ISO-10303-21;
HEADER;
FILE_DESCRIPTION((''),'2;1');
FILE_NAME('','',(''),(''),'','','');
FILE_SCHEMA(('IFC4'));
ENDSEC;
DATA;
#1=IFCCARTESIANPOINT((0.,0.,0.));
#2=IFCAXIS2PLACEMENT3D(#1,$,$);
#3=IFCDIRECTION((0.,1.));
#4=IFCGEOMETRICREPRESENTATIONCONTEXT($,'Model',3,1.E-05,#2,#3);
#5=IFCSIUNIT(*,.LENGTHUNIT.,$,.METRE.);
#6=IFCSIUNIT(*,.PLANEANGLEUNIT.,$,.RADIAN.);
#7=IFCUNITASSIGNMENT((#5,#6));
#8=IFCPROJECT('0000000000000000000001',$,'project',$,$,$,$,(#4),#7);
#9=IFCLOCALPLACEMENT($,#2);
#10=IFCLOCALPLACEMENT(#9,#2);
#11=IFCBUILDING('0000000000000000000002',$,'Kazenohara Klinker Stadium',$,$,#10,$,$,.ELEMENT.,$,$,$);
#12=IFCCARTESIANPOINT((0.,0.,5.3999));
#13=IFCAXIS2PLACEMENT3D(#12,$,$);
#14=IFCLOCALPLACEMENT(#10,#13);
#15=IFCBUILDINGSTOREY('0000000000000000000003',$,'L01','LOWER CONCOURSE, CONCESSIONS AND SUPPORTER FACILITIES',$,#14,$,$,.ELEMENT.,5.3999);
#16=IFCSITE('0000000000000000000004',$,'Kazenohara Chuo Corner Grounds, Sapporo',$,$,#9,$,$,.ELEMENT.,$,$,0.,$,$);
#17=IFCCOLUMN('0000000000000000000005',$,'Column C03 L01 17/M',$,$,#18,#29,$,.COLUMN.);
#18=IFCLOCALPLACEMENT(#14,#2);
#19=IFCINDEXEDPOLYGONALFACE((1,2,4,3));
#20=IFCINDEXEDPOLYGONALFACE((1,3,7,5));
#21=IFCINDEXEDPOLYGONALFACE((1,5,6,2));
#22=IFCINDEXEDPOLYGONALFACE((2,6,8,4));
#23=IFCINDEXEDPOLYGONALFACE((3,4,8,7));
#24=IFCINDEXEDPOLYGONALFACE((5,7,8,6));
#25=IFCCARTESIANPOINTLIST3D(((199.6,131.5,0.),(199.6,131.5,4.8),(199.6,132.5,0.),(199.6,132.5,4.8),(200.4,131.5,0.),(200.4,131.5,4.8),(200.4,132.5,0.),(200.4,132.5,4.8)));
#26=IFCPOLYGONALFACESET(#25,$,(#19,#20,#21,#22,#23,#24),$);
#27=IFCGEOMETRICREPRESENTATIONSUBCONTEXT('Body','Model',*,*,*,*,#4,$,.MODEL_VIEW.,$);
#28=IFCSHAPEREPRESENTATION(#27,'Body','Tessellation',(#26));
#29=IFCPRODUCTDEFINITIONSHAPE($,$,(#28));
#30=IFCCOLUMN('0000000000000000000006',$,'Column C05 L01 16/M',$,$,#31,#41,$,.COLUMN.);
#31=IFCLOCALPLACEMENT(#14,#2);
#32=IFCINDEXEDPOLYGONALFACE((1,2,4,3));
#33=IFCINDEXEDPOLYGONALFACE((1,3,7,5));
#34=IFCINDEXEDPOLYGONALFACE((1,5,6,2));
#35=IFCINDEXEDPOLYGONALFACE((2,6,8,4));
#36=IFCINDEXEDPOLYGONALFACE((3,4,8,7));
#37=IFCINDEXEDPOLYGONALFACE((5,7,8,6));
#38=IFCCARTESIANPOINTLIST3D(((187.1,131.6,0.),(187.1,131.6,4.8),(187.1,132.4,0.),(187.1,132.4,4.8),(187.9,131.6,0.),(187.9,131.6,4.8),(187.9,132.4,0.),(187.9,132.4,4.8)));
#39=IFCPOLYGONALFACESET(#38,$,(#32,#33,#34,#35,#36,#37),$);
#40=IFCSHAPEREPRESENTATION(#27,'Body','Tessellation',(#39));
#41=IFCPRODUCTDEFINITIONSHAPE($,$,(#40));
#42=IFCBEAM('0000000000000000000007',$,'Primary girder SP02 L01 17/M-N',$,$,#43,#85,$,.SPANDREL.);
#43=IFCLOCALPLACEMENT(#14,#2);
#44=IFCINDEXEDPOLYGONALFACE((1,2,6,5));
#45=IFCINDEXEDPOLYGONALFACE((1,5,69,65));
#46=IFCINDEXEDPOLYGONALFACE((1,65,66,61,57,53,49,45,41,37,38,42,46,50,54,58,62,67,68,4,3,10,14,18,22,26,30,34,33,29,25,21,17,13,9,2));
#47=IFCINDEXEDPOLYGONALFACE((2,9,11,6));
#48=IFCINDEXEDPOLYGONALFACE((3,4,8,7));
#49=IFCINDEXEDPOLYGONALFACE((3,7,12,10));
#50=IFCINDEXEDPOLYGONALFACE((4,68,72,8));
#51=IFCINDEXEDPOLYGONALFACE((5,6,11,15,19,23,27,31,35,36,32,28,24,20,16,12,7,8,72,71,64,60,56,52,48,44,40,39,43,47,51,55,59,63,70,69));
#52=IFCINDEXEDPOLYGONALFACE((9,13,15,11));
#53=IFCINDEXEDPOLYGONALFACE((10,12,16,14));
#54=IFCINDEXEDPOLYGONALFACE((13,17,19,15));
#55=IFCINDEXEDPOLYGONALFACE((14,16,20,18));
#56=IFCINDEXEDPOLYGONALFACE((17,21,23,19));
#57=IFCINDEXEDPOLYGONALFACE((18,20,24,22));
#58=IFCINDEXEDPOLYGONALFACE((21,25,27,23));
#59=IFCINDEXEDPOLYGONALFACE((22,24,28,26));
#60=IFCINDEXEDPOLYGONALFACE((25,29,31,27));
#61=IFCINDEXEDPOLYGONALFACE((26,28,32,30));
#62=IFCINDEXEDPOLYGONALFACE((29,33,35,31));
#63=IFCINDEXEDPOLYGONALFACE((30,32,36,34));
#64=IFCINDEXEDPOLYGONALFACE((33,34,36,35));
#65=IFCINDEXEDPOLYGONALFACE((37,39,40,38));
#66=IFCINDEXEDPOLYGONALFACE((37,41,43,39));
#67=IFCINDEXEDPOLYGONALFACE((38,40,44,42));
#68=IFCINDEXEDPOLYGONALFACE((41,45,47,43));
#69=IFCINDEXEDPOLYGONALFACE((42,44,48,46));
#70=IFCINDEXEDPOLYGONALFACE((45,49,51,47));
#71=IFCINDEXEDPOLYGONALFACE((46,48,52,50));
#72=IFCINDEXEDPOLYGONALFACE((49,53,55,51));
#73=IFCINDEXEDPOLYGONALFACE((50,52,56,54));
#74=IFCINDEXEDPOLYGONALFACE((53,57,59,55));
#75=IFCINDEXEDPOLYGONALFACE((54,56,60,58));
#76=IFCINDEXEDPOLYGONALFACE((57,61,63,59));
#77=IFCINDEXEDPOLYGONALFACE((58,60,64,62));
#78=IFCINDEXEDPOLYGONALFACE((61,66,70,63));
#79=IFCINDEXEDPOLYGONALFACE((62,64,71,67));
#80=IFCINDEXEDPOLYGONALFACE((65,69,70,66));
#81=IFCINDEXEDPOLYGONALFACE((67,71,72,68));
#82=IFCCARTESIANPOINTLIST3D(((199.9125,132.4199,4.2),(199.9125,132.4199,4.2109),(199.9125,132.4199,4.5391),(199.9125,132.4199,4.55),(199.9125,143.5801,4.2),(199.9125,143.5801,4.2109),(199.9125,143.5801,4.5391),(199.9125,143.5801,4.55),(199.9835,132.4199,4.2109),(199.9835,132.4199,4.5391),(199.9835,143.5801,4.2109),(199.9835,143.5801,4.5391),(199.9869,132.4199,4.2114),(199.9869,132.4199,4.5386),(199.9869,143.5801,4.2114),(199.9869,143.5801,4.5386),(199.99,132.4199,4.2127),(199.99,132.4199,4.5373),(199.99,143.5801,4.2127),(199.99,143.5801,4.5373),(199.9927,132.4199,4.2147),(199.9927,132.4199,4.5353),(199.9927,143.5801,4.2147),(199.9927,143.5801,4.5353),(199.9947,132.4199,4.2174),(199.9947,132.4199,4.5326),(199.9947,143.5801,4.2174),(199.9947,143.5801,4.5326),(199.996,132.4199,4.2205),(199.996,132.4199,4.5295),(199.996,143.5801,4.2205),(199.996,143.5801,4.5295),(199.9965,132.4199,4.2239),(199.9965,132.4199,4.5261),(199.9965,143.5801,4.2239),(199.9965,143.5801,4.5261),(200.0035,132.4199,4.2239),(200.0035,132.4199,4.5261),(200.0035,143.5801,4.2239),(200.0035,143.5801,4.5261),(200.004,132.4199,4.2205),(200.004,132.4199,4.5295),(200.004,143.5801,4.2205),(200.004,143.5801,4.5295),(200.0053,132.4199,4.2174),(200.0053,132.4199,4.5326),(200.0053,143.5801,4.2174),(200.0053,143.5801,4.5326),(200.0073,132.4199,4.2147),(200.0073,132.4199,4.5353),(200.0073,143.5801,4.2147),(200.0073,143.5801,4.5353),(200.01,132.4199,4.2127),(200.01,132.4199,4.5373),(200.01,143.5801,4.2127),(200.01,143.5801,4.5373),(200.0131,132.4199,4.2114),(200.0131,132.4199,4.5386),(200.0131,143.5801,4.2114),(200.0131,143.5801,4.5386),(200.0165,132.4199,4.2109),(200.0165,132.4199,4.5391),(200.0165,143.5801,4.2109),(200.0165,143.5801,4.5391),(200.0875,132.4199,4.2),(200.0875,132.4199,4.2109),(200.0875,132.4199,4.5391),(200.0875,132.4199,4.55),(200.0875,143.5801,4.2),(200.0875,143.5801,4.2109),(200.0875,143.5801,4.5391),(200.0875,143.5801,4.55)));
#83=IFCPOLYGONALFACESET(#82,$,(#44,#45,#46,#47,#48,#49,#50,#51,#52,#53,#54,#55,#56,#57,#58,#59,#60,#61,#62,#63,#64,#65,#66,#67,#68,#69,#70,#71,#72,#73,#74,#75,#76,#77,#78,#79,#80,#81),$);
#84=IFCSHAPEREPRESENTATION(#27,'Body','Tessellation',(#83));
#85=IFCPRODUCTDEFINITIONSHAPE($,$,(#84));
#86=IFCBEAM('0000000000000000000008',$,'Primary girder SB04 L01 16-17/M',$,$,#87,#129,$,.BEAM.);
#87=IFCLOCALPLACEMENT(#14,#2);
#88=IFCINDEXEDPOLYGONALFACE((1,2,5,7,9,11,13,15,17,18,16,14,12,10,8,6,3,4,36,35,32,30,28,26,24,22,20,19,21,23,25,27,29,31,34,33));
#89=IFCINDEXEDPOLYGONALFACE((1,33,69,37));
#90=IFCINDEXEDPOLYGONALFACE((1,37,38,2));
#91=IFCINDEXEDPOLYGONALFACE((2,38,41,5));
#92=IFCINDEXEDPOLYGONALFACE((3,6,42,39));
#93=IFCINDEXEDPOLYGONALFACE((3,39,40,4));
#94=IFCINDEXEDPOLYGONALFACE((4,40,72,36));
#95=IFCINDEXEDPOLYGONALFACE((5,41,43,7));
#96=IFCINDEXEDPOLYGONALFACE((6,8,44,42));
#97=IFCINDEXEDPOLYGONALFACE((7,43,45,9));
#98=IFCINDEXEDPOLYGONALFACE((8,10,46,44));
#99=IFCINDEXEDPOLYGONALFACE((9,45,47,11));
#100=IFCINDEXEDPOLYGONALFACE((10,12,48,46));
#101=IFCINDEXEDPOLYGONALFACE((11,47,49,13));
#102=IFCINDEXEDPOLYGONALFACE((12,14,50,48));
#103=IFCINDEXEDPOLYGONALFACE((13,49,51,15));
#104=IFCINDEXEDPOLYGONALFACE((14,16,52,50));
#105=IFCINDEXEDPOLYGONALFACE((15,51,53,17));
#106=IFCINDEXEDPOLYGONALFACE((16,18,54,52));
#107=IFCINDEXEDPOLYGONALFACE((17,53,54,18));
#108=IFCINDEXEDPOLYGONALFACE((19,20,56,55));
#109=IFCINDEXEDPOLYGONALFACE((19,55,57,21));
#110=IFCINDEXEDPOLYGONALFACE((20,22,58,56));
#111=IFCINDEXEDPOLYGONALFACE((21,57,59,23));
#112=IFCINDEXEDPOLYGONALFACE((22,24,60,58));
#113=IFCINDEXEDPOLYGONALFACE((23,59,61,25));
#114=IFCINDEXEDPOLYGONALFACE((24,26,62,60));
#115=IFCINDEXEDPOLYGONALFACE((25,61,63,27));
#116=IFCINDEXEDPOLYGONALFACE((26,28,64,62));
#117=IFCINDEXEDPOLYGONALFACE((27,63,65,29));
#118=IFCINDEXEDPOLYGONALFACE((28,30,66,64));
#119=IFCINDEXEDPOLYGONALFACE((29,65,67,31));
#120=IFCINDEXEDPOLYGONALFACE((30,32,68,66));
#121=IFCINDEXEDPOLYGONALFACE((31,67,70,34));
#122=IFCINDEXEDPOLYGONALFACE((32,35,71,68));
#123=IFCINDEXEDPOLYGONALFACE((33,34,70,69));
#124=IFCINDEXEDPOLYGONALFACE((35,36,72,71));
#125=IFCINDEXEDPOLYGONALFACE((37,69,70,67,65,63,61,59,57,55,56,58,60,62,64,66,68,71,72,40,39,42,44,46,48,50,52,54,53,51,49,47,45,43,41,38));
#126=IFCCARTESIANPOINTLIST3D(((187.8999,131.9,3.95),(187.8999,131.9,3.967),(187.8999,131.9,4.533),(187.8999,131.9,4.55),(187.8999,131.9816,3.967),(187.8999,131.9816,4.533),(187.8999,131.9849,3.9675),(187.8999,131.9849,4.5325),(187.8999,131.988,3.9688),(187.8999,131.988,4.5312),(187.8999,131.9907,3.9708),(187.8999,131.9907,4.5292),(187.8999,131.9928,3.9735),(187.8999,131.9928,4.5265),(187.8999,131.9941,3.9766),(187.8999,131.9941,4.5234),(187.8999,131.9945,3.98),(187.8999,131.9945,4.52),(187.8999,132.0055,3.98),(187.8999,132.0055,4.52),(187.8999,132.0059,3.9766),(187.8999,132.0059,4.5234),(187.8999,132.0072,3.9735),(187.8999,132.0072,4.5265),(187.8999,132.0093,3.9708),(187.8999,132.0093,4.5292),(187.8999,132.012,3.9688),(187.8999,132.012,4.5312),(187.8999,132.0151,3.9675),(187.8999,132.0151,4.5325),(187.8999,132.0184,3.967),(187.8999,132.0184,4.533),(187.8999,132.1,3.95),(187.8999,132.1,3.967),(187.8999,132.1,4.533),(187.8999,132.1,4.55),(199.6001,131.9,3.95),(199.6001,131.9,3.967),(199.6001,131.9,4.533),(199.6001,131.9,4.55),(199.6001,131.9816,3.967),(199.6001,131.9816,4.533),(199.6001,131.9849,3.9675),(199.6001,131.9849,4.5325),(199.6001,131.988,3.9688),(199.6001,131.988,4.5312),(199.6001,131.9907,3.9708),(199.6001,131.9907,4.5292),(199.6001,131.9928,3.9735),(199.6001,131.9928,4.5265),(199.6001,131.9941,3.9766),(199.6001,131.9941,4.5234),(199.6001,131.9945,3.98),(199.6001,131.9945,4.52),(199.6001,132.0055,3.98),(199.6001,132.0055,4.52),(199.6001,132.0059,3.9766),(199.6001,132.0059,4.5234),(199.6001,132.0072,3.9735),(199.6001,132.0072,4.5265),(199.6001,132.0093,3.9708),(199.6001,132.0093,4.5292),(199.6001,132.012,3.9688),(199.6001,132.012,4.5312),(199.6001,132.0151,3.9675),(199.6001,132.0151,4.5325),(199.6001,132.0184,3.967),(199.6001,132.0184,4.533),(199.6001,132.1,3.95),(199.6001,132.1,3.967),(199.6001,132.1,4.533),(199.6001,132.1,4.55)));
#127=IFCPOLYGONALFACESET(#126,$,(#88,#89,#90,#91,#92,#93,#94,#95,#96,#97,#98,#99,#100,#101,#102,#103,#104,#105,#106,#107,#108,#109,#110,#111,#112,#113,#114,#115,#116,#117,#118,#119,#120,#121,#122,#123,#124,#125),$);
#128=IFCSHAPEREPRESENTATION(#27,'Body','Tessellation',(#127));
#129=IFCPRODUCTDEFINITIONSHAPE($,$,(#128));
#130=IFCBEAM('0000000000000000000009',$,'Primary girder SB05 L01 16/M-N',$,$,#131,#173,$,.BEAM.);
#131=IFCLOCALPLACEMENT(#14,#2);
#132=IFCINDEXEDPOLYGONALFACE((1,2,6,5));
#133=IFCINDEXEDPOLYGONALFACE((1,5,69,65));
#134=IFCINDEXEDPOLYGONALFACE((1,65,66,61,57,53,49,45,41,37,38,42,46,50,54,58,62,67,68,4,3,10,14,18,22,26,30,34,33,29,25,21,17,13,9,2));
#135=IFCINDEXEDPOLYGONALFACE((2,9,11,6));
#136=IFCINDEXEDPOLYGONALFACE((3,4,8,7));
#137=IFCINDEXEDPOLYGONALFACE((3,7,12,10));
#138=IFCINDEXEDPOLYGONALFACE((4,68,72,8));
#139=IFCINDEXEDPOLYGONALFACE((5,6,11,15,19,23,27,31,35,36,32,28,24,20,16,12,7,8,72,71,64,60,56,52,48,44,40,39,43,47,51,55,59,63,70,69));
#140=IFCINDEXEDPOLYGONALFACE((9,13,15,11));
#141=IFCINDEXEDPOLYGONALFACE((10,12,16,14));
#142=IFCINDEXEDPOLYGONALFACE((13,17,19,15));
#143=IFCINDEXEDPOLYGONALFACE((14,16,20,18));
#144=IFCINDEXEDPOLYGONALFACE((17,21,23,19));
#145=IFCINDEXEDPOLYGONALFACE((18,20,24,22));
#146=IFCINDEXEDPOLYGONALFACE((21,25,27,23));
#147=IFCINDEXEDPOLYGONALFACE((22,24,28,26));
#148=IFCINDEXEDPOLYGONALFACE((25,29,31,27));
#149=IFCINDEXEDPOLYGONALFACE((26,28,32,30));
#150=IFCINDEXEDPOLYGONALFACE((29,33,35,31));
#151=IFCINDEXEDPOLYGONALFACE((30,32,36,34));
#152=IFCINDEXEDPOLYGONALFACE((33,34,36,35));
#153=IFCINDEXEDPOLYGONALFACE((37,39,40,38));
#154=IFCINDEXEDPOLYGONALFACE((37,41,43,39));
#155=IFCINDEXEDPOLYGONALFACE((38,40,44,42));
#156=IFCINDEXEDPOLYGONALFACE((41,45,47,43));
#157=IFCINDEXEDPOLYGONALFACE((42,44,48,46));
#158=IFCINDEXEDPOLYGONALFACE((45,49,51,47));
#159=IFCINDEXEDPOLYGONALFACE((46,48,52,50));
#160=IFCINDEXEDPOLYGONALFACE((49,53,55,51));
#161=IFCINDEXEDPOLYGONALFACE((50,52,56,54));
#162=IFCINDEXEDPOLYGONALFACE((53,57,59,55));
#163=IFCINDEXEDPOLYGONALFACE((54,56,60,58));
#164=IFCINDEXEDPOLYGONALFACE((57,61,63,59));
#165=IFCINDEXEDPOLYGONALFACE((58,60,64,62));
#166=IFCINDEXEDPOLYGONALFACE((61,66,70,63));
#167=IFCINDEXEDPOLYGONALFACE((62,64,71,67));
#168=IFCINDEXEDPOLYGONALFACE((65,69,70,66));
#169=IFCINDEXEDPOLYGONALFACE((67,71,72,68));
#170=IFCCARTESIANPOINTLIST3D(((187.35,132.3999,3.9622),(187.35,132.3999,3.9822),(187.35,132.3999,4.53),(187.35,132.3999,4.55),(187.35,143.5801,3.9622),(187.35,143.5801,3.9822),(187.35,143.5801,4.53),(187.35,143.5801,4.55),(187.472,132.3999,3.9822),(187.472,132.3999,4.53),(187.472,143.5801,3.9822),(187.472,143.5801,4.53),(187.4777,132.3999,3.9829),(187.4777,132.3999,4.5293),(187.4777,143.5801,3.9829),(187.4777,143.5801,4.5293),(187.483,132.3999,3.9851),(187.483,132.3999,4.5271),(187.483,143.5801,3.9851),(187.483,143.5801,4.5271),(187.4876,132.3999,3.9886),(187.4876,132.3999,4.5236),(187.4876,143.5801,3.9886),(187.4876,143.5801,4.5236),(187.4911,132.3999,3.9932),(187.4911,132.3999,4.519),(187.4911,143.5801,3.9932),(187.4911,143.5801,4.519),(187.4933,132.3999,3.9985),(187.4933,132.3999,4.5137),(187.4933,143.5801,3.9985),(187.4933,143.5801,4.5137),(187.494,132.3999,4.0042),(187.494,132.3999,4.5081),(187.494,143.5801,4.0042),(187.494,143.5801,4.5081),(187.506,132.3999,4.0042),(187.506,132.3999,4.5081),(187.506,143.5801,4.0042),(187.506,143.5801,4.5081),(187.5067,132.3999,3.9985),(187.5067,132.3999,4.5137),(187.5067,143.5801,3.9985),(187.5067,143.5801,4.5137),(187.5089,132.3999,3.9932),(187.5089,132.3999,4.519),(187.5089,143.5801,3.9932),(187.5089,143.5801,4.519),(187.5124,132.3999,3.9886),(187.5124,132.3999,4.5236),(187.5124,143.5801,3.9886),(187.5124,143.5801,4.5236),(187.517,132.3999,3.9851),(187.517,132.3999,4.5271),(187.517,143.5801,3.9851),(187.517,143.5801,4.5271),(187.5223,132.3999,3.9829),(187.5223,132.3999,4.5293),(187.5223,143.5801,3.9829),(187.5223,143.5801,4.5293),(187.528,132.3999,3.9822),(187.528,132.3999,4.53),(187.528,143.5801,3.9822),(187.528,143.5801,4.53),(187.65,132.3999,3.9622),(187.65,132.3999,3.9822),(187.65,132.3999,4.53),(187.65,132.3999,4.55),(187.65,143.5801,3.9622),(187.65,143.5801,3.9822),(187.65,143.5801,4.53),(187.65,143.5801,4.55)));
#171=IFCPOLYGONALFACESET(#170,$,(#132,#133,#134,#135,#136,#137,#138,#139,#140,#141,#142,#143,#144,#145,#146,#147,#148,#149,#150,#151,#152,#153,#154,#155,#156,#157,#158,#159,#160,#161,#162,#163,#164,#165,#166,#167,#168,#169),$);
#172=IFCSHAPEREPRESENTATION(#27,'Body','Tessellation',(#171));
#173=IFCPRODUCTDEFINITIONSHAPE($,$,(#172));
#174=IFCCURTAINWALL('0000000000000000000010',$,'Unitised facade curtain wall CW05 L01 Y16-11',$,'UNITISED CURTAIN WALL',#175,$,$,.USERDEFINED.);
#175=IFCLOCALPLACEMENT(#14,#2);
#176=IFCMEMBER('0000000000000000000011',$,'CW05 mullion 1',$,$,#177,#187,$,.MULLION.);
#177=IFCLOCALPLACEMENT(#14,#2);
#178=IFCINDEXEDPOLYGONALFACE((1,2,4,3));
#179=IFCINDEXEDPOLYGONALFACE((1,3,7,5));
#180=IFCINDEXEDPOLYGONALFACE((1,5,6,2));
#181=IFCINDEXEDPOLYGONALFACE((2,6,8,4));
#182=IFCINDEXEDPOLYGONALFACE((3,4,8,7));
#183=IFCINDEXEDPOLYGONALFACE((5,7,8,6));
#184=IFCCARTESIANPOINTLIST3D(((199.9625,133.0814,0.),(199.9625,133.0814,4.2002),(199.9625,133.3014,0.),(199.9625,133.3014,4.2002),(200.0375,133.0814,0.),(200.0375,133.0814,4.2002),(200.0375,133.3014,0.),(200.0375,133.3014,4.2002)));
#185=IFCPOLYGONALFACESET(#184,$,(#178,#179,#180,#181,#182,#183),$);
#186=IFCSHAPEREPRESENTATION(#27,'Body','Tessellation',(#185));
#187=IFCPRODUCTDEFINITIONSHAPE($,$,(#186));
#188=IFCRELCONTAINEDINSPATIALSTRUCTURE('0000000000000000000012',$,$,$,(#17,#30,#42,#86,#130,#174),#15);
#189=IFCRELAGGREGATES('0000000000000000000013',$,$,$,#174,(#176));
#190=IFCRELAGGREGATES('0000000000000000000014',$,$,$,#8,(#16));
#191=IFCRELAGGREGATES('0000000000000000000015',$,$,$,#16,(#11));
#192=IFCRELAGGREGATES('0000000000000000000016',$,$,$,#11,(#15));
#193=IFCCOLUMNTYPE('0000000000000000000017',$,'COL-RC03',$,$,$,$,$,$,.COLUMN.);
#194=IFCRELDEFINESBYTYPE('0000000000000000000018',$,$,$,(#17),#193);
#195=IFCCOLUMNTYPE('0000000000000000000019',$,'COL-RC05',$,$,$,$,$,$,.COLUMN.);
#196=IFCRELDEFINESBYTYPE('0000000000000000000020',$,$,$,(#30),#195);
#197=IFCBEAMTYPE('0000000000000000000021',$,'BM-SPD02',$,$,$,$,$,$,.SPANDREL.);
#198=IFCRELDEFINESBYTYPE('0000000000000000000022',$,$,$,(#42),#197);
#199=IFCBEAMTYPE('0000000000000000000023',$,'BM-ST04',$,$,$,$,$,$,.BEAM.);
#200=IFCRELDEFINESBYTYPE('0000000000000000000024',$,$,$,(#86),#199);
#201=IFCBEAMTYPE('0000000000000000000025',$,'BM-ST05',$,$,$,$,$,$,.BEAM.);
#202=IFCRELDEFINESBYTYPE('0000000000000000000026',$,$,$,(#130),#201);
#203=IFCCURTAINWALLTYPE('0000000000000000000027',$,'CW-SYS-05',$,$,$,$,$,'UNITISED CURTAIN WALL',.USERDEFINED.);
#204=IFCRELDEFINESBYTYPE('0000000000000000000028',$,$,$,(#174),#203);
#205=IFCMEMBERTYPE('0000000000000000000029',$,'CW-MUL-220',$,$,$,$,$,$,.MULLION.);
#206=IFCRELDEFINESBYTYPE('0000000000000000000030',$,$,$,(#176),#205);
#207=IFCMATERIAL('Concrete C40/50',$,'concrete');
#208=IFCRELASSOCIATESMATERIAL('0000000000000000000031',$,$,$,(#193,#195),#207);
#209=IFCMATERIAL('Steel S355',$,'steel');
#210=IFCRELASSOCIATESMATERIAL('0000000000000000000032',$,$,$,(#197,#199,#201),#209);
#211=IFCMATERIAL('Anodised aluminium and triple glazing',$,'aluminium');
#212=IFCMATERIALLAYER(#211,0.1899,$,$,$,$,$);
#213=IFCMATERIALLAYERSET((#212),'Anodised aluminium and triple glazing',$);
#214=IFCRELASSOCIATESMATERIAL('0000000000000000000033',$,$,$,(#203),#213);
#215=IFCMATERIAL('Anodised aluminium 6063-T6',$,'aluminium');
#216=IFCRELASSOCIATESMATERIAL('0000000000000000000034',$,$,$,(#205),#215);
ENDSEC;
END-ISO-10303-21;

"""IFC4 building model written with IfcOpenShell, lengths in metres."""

from ifc_helpers import new_model, si_unit, direction, frame, origin, origin_2d, place, context, subcontext, project, spatial, rectangle, i_section, extrude, material, layer, layer_set, material_profile, profile_set, type_object, element, aggregate, save


model = new_model("IFC4")

# Units and contexts
model_context = context("Model", 3, precision=1e-05, world=origin(), true_north=direction((0.0, 1.0)))
body_context = subcontext(model_context, "Body", "Model", "MODEL_VIEW")
ifc_project = project(units=[si_unit("LENGTHUNIT", "METRE"), si_unit("PLANEANGLEUNIT", "RADIAN")], contexts=[model_context])

# Site, building, storey
site_placement = place(None, origin())
site = spatial("IfcSite", under=ifc_project, at=site_placement, Name="Kazenohara Chuo Corner Grounds, Sapporo", CompositionType="ELEMENT", RefElevation=0.0)
building_placement = place(site_placement, origin())
building = spatial("IfcBuilding", under=site, at=building_placement, Name="Kazenohara Klinker Stadium", CompositionType="ELEMENT")
storey_placement = place(building_placement, frame((0.0, 0.0, 5.3999)))
storey = spatial("IfcBuildingStorey", under=building, at=storey_placement, Name="L01", Description="LOWER CONCOURSE, CONCESSIONS AND SUPPORTER FACILITIES", CompositionType="ELEMENT", Elevation=5.3999)

# Columns
ifc_material_1 = material(Name="Concrete C40/50", Category="concrete")
ifc_material_profile_1 = material_profile(ifc_material_1, rectangle(XDim=0.8, YDim=1.0, at=origin_2d()), Name="RC-COL-1000x800")
ifc_profile_set_1 = profile_set([ifc_material_profile_1], Name="Concrete C40/50")
column_type_1 = type_object("IfcColumnType", Name="COL-RC03", PredefinedType="COLUMN", material=ifc_profile_set_1)
column_1_placement = place(storey_placement, frame((200.0, 132.0, 0.0), z_axis=(0.0, 0.0, 1.0), x_axis=(1.0, 0.0, 0.0)))
element("IfcColumn", 1, at=column_1_placement, inside=storey, type_object=column_type_1, Name="Column C03 L01 17/M", PredefinedType="COLUMN", context=body_context, shape_type="SweptSolid", body=[
    extrude(rectangle(XDim=0.8, YDim=1.0, at=origin_2d()), origin(), (0.0, 0.0, 1.0), 4.8),
])
ifc_material_profile_2 = material_profile(ifc_material_1, rectangle(XDim=0.8, YDim=0.8, at=origin_2d()), Name="RC-COL-800x800")
ifc_profile_set_2 = profile_set([ifc_material_profile_2], Name="Concrete C40/50")
column_type_2 = type_object("IfcColumnType", Name="COL-RC05", PredefinedType="COLUMN", material=ifc_profile_set_2)
column_2_placement = place(storey_placement, frame((187.5, 132.0, 0.0), z_axis=(0.0, 0.0, 1.0), x_axis=(1.0, 0.0, 0.0)))
element("IfcColumn", 2, at=column_2_placement, inside=storey, type_object=column_type_2, Name="Column C05 L01 16/M", PredefinedType="COLUMN", context=body_context, shape_type="SweptSolid", body=[
    extrude(rectangle(XDim=0.8, YDim=0.8, at=origin_2d()), origin(), (0.0, 0.0, 1.0), 4.8),
])

# Beams
ifc_material_2 = material(Name="Steel S355", Category="steel")
ifc_material_profile_3 = material_profile(ifc_material_2, i_section(OverallWidth=0.175, OverallDepth=0.3501, WebThickness=0.0071, FlangeThickness=0.011, FilletRadius=0.0129, at=origin_2d()), Name="H-350x175x7x11")
ifc_profile_set_3 = profile_set([ifc_material_profile_3], Name="Steel S355")
beam_type_1 = type_object("IfcBeamType", Name="BM-SPD02", PredefinedType="SPANDREL", material=ifc_profile_set_3)
beam_1_placement = place(storey_placement, frame((200.0, 132.4199, 4.375), z_axis=(0.0, 1.0, 0.0), x_axis=(-1.0, 0.0, 0.0)))
element("IfcBeam", 3, at=beam_1_placement, inside=storey, type_object=beam_type_1, Name="Primary girder SP02 L01 17/M-N", PredefinedType="SPANDREL", context=body_context, shape_type="SweptSolid", body=[
    extrude(i_section(OverallWidth=0.175, OverallDepth=0.3501, WebThickness=0.0071, FlangeThickness=0.011, FilletRadius=0.0129, at=origin_2d()), origin(), (0.0, 0.0, 1.0), 11.1602),
])
ifc_material_profile_4 = material_profile(ifc_material_2, i_section(OverallWidth=0.2, OverallDepth=0.6001, WebThickness=0.011, FlangeThickness=0.0171, FilletRadius=0.0129, at=origin_2d()), Name="H-600x200x11x17")
ifc_profile_set_4 = profile_set([ifc_material_profile_4], Name="Steel S355")
beam_type_2 = type_object("IfcBeamType", Name="BM-ST04", PredefinedType="BEAM", material=ifc_profile_set_4)
beam_2_placement = place(storey_placement, frame((187.8999, 132.0, 4.25), z_axis=(1.0, 0.0, 0.0), x_axis=(0.0, 1.0, 0.0)))
element("IfcBeam", 4, at=beam_2_placement, inside=storey, type_object=beam_type_2, Name="Primary girder SB04 L01 16-17/M", PredefinedType="BEAM", context=body_context, shape_type="SweptSolid", body=[
    extrude(i_section(OverallWidth=0.2, OverallDepth=0.6001, WebThickness=0.011, FlangeThickness=0.0171, FilletRadius=0.0129, at=origin_2d()), origin(), (0.0, 0.0, 1.0), 11.7002),
])
ifc_material_profile_5 = material_profile(ifc_material_2, i_section(OverallWidth=0.3, OverallDepth=0.5879, WebThickness=0.012, FlangeThickness=0.02, FilletRadius=0.022, at=origin_2d()), Name="H-588x300x12x20")
ifc_profile_set_5 = profile_set([ifc_material_profile_5], Name="Steel S355")
beam_type_3 = type_object("IfcBeamType", Name="BM-ST05", PredefinedType="BEAM", material=ifc_profile_set_5)
beam_3_placement = place(storey_placement, frame((187.5, 132.3999, 4.2561), z_axis=(0.0, 1.0, 0.0), x_axis=(-1.0, 0.0, 0.0)))
element("IfcBeam", 5, at=beam_3_placement, inside=storey, type_object=beam_type_3, Name="Primary girder SB05 L01 16/M-N", PredefinedType="BEAM", context=body_context, shape_type="SweptSolid", body=[
    extrude(i_section(OverallWidth=0.3, OverallDepth=0.5879, WebThickness=0.012, FlangeThickness=0.02, FilletRadius=0.022, at=origin_2d()), origin(), (0.0, 0.0, 1.0), 11.1802),
])

# Curtain wall, member
ifc_material_3 = material(Name="Anodised aluminium and triple glazing", Category="aluminium")
ifc_layer_1 = layer(ifc_material_3, 0.1899)
ifc_layer_set_1 = layer_set([ifc_layer_1], Name="Anodised aluminium and triple glazing")
curtain_wall_type = type_object("IfcCurtainWallType", Name="CW-SYS-05", ElementType="UNITISED CURTAIN WALL", PredefinedType="USERDEFINED", material=ifc_layer_set_1)
curtain_wall_placement = place(storey_placement, origin())
curtain_wall = element("IfcCurtainWall", 6, at=curtain_wall_placement, inside=storey, type_object=curtain_wall_type, Name="Unitised facade curtain wall CW05 L01 Y16-11", ObjectType="UNITISED CURTAIN WALL", PredefinedType="USERDEFINED")
ifc_material_4 = material(Name="Anodised aluminium 6063-T6", Category="aluminium")
ifc_material_profile_6 = material_profile(ifc_material_4, rectangle(XDim=0.075, YDim=0.22, at=origin_2d()), Name="ALU-MUL-75x220")
ifc_profile_set_6 = profile_set([ifc_material_profile_6], Name="Anodised aluminium 6063-T6")
member_type_1 = type_object("IfcMemberType", Name="CW-MUL-220", PredefinedType="MULLION", material=ifc_profile_set_6)
member_1_placement = place(storey_placement, frame((200.0, 133.1914, 0.0), z_axis=(0.0, 0.0, 1.0), x_axis=(-1.0, 0.0, 0.0)))
member_1 = element("IfcMember", 7, at=member_1_placement, type_object=member_type_1, Name="CW05 mullion 1", PredefinedType="MULLION", context=body_context, shape_type="SweptSolid", body=[
    extrude(rectangle(XDim=0.075, YDim=0.22, at=origin_2d()), origin(), (0.0, 0.0, 1.0), 4.2002),
])
aggregate(curtain_wall, [member_1])

save(model, "model.ifc")
